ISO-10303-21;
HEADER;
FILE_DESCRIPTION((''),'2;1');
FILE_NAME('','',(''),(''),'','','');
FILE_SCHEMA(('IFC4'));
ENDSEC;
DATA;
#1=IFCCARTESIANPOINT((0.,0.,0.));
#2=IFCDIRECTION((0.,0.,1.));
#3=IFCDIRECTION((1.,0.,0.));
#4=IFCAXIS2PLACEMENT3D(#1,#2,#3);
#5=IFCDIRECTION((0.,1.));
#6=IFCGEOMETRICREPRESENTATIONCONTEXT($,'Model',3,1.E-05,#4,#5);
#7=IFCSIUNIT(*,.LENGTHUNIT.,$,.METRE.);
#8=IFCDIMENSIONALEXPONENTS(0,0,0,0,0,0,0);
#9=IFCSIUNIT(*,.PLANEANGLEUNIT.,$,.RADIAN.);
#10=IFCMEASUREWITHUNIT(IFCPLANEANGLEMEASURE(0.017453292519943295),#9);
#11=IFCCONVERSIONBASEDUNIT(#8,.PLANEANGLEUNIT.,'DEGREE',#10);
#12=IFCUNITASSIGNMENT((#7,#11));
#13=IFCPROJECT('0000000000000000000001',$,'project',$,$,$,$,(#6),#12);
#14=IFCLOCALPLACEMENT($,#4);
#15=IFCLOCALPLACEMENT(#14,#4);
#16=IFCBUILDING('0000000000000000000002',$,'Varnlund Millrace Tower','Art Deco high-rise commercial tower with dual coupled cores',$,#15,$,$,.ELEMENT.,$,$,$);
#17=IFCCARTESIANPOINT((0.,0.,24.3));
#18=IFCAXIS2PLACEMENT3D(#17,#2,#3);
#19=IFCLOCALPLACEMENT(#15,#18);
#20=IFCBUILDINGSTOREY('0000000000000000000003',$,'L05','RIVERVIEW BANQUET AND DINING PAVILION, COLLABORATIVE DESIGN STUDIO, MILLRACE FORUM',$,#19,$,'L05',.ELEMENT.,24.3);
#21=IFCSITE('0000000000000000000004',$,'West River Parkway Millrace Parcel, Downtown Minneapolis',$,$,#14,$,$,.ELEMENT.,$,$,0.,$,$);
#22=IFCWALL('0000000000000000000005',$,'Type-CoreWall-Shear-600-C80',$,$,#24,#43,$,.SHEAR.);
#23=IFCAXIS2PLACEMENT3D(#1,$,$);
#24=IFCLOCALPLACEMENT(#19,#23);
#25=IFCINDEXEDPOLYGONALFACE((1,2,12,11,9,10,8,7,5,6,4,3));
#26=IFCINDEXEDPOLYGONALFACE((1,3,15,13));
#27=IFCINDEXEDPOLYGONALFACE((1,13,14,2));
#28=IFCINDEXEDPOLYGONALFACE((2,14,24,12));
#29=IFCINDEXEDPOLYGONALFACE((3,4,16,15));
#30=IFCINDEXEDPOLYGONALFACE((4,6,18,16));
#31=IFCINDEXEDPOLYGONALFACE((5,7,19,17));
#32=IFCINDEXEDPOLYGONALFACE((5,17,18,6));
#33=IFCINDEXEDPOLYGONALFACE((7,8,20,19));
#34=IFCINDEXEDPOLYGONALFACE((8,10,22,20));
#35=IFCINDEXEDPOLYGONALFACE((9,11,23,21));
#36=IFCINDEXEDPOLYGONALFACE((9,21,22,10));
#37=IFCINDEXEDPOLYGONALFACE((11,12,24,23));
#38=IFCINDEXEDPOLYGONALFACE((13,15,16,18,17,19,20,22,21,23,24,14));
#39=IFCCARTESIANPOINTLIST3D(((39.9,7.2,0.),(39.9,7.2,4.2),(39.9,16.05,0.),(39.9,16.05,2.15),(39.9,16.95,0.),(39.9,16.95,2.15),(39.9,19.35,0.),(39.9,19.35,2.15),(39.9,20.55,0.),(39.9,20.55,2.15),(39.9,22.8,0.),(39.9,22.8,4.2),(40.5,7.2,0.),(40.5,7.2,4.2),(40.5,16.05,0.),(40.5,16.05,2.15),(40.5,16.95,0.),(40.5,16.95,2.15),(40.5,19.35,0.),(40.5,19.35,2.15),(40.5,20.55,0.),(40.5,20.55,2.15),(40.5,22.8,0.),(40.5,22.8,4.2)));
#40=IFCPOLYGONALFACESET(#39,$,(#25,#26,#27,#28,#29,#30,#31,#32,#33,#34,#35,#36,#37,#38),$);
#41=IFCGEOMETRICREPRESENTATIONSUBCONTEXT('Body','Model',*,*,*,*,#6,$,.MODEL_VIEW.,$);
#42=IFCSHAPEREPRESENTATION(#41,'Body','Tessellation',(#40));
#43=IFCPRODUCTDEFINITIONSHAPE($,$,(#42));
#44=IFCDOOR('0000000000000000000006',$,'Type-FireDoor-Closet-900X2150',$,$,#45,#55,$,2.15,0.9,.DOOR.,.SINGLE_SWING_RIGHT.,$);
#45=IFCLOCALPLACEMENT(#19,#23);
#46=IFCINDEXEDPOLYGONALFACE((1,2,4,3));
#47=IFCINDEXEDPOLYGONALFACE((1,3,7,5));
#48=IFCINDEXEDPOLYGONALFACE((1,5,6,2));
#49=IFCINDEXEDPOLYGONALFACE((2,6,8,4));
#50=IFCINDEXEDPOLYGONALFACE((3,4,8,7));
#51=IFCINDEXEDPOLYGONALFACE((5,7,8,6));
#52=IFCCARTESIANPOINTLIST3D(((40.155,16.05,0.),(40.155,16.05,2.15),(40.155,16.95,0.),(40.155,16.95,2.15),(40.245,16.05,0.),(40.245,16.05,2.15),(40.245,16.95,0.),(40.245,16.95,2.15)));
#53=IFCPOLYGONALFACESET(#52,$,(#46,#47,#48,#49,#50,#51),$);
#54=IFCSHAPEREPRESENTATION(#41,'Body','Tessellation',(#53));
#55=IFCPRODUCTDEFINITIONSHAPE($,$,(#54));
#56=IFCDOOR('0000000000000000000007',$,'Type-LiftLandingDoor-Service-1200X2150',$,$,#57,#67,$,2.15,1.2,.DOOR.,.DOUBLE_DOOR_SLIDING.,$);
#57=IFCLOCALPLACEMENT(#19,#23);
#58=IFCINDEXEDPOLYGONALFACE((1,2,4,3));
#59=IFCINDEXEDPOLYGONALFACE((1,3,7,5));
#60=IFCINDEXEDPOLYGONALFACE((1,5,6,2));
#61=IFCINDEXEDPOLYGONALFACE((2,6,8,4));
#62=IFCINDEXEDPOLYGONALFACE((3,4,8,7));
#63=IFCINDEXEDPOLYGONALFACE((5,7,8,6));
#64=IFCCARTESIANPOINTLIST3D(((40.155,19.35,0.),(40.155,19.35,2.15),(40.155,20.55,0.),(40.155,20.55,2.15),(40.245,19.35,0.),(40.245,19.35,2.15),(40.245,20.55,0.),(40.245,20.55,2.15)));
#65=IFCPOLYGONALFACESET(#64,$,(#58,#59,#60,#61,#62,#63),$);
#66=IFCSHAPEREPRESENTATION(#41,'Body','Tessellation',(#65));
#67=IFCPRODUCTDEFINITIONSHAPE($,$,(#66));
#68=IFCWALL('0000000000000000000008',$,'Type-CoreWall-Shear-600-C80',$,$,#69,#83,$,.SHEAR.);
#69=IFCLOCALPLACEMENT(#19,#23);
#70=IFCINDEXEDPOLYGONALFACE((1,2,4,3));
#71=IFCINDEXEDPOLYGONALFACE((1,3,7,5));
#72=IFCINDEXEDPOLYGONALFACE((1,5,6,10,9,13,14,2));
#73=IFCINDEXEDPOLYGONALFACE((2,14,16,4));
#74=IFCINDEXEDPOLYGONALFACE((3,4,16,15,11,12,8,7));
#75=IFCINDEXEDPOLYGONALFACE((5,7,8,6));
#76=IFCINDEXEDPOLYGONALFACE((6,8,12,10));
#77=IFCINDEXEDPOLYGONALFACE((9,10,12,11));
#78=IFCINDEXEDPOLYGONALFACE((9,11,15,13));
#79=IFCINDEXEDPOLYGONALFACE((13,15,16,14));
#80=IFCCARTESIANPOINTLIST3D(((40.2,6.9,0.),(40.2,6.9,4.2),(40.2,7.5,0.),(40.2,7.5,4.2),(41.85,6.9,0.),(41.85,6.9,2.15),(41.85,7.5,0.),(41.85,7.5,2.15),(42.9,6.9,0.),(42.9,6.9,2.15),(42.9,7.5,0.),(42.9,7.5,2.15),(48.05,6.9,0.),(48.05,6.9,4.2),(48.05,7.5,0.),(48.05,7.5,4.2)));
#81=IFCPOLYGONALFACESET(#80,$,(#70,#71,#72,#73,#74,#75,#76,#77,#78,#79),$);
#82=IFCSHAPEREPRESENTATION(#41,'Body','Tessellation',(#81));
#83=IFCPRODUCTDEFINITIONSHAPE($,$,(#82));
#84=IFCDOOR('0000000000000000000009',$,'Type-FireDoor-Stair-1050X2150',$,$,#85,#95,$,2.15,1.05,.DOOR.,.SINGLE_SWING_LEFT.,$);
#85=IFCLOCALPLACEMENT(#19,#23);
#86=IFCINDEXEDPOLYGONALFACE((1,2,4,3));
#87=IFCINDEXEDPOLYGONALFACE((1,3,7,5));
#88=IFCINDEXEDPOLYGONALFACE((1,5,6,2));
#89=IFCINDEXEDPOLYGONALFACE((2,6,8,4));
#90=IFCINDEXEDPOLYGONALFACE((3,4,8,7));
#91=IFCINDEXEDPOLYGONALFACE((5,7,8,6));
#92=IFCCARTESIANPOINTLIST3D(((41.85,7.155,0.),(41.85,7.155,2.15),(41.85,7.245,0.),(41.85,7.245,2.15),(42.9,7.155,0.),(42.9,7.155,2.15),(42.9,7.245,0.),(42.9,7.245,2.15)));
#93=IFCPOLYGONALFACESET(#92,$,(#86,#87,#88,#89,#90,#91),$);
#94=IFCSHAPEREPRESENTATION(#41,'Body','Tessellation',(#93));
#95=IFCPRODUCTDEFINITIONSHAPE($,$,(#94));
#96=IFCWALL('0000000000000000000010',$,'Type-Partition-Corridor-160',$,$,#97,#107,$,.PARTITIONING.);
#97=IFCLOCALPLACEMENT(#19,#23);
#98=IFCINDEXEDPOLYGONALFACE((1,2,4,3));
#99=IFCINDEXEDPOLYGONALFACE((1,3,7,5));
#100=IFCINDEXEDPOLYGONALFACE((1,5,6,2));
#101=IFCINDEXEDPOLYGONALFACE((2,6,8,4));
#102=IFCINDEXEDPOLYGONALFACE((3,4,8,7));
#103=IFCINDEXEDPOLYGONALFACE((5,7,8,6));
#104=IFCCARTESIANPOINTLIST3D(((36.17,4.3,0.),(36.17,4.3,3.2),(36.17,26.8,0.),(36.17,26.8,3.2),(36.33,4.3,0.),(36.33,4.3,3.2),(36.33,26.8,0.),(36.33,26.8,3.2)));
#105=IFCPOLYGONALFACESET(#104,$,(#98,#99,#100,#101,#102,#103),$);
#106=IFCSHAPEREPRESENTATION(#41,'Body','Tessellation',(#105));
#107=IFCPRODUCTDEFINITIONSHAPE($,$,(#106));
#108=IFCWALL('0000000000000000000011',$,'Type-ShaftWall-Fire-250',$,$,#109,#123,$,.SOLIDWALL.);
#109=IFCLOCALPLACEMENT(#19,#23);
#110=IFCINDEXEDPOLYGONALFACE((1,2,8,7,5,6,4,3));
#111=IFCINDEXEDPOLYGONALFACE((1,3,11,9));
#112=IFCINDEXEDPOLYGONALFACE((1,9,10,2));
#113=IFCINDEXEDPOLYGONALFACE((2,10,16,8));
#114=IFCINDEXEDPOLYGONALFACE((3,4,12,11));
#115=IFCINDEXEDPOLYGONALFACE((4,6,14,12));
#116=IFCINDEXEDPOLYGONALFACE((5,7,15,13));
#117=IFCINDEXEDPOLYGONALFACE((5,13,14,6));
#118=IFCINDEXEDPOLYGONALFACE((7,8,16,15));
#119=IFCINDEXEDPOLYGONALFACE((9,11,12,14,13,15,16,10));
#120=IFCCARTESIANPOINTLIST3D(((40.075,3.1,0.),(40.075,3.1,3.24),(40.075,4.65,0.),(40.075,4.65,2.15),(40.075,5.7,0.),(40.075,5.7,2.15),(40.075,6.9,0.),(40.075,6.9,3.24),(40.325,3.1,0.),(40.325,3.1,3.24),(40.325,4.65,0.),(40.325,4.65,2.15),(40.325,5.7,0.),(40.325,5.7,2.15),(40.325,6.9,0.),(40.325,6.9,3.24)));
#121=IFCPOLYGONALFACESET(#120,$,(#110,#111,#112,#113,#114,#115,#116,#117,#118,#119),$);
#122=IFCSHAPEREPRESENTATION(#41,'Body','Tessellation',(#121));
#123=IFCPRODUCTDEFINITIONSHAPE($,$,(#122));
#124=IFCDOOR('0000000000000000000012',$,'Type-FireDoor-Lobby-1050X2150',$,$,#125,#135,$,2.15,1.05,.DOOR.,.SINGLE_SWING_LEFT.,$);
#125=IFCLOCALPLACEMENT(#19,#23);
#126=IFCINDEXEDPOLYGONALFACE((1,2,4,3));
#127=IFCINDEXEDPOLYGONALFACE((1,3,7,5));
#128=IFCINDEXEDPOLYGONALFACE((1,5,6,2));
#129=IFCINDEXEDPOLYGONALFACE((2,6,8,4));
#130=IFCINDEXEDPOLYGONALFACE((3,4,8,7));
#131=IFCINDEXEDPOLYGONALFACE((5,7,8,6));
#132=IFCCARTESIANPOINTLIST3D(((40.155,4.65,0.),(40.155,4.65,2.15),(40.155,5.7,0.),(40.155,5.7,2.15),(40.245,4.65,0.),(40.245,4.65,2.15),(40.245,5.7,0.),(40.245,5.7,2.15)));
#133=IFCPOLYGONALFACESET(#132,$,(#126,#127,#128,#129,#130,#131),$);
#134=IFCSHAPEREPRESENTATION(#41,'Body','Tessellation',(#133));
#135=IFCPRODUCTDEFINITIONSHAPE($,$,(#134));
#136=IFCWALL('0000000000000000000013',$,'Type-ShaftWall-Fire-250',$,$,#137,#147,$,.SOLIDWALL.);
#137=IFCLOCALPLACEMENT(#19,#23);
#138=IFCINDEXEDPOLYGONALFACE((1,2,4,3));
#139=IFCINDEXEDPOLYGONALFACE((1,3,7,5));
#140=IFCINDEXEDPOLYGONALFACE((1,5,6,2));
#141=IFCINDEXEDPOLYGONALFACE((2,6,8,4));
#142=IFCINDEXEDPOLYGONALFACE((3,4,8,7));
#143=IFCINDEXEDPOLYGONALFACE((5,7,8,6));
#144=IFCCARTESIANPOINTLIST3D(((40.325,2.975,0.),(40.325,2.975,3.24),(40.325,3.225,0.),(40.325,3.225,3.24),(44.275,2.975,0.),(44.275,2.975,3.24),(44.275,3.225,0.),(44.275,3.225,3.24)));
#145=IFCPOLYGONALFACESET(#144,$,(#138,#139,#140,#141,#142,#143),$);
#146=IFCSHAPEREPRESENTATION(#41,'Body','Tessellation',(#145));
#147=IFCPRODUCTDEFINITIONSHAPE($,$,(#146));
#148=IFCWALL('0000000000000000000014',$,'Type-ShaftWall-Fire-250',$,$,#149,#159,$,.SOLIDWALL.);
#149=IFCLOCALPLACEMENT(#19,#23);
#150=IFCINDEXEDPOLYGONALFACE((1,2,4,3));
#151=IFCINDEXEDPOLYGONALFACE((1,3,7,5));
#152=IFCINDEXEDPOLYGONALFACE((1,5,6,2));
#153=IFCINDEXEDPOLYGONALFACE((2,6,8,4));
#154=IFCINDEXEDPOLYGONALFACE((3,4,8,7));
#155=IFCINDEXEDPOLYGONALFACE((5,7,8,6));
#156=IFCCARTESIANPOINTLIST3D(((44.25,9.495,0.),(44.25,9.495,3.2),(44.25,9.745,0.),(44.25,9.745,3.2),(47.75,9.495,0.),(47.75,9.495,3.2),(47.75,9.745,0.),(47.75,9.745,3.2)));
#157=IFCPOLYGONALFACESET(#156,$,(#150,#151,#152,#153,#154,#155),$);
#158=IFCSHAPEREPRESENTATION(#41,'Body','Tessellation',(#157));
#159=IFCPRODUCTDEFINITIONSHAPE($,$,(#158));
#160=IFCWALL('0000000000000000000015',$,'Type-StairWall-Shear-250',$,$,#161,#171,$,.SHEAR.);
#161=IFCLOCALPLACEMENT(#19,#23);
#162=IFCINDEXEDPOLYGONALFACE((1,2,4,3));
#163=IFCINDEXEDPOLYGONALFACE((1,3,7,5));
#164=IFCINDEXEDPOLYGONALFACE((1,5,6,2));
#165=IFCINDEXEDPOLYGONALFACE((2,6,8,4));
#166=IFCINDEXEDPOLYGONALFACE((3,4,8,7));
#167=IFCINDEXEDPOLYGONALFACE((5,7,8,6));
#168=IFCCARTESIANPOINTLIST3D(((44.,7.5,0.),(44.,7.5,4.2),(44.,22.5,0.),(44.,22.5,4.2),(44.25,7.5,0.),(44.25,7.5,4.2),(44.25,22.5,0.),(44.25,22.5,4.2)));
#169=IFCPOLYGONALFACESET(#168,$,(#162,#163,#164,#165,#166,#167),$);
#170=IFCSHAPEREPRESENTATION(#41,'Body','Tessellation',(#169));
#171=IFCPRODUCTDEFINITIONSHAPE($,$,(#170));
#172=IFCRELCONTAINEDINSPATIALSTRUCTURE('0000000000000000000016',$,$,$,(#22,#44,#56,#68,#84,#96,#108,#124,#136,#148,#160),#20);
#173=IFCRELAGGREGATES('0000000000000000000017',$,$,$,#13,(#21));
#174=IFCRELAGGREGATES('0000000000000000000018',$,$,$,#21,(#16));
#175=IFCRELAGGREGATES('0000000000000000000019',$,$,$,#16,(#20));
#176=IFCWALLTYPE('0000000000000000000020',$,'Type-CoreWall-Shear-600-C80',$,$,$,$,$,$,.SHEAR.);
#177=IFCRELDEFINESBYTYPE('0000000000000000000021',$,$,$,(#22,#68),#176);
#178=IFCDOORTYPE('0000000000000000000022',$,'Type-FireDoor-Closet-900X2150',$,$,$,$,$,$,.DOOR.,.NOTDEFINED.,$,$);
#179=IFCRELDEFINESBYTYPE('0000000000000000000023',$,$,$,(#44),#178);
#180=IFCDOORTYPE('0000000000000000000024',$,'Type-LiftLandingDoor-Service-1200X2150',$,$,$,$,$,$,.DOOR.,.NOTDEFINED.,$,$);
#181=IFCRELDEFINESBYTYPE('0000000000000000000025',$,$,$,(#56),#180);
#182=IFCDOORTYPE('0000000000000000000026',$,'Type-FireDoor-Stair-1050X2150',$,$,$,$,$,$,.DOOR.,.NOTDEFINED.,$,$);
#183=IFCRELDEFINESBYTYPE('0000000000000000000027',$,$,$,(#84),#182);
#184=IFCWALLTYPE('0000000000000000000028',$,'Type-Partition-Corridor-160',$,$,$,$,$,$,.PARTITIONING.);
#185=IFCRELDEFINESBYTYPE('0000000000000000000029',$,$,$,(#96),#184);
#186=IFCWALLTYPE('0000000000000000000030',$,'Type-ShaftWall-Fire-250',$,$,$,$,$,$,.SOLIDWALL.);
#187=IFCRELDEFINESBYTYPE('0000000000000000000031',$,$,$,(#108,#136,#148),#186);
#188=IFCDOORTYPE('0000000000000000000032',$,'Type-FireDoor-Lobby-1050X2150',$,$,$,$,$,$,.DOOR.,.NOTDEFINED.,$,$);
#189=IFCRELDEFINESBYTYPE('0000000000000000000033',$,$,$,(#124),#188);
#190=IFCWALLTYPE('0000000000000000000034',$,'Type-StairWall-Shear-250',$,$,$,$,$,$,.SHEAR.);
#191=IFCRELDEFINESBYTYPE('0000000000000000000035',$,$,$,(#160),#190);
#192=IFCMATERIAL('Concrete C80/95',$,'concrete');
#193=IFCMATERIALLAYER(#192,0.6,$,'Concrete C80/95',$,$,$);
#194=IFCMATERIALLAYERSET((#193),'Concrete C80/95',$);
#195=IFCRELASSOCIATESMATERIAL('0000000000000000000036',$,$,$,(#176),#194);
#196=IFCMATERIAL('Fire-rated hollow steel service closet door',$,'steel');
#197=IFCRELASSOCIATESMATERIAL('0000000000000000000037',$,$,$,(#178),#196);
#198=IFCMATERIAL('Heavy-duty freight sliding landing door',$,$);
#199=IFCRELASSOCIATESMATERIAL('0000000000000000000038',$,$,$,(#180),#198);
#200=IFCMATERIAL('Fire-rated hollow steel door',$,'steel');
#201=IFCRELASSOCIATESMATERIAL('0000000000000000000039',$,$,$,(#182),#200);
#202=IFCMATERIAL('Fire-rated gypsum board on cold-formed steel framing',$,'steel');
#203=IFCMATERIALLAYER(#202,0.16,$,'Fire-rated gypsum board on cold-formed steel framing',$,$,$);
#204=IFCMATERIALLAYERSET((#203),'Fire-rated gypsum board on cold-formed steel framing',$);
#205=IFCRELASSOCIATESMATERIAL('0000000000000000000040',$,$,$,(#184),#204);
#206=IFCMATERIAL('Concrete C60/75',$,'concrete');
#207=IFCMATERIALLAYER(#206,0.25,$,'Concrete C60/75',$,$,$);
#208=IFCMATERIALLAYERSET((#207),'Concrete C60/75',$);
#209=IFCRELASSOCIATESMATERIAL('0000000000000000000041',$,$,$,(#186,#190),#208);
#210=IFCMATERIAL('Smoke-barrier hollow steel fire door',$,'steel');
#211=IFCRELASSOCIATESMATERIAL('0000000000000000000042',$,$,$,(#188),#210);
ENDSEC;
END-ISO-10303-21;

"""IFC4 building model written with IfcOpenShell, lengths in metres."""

from ifc_helpers import new_model, entity, si_unit, converted_unit, direction, frame, origin_with_axes, origin_2d_with_axis, place, context, subcontext, project, spatial, polyline, rectangle, outline, extrude, material, layer, layer_set, type_object, element, fill, save


model = new_model("IFC4")

# Units and contexts
model_context = context("Model", 3, precision=1e-05, world=origin_with_axes(), true_north=direction((0.0, 1.0)))
body_context = subcontext(model_context, "Body", "Model", "MODEL_VIEW")
ifc_project = project(units=[si_unit("LENGTHUNIT", "METRE"), converted_unit("PLANEANGLEUNIT", "DEGREE", entity("IfcPlaneAngleMeasure", 0.017453292519943295), si_unit("PLANEANGLEUNIT", "RADIAN"), dimensions=[0, 0, 0, 0, 0, 0, 0])], contexts=[model_context])

# Site, building, storey
site_placement = place(None, origin_with_axes())
site = spatial("IfcSite", under=ifc_project, at=site_placement, Name="West River Parkway Millrace Parcel, Downtown Minneapolis", CompositionType="ELEMENT", RefElevation=0.0)
building_placement = place(site_placement, origin_with_axes())
building = spatial("IfcBuilding", under=site, at=building_placement, Name="Varnlund Millrace Tower", Description="Art Deco high-rise commercial tower with dual coupled cores", CompositionType="ELEMENT")
storey_placement = place(building_placement, frame((0.0, 0.0, 24.3), z_axis=(0.0, 0.0, 1.0), x_axis=(1.0, 0.0, 0.0)))
storey = spatial("IfcBuildingStorey", under=building, at=storey_placement, Name="L05", Description="RIVERVIEW BANQUET AND DINING PAVILION, COLLABORATIVE DESIGN STUDIO, MILLRACE FORUM", LongName="L05", CompositionType="ELEMENT", Elevation=24.3)

# Shared definitions
ifc_material_1 = material(Name="Concrete C80/95", Category="concrete")

# Wall, openings, doors
ifc_layer_1 = layer(ifc_material_1, 0.6, Name="Concrete C80/95")
ifc_layer_set_1 = layer_set([ifc_layer_1], Name="Concrete C80/95")
wall_type_1 = type_object("IfcWallType", Name="Type-CoreWall-Shear-600-C80", PredefinedType="SHEAR", material=ifc_layer_set_1)
wall_1_placement = place(storey_placement, frame((40.2, 7.2, 0.0), z_axis=(0.0, 0.0, 1.0), x_axis=(0.0, 1.0, 0.0)))
wall_1 = element("IfcWall", 1, at=wall_1_placement, inside=storey, type_object=wall_type_1, Name="Type-CoreWall-Shear-600-C80", PredefinedType="SHEAR", context=body_context, shape_type="SweptSolid", body=[
    extrude(outline(polyline([(0.0, -0.3), (15.6, -0.3), (15.6, 0.3), (0.0, 0.3), (0.0, -0.3)])), origin_with_axes(), (0.0, 0.0, 1.0), 4.2),
])
opening_1_placement = place(wall_1_placement, frame((12.75, 0.0, 0.0), z_axis=(0.0, 0.0, 1.0), x_axis=(1.0, 0.0, 0.0)))
opening_1 = element("IfcOpeningElement", 2, at=opening_1_placement, cuts=wall_1, PredefinedType="OPENING", context=body_context, shape_type="SweptSolid", body=[
    extrude(rectangle(XDim=1.2, YDim=0.62, at=origin_2d_with_axis()), origin_with_axes(), (0.0, 0.0, 1.0), 2.15),
])
opening_2_placement = place(wall_1_placement, frame((9.3, 0.0, 0.0), z_axis=(0.0, 0.0, 1.0), x_axis=(1.0, 0.0, 0.0)))
opening_2 = element("IfcOpeningElement", 3, at=opening_2_placement, cuts=wall_1, PredefinedType="OPENING", context=body_context, shape_type="SweptSolid", body=[
    extrude(rectangle(XDim=0.9, YDim=0.62, at=origin_2d_with_axis()), origin_with_axes(), (0.0, 0.0, 1.0), 2.15),
])
ifc_material_2 = material(Name="Fire-rated hollow steel service closet door", Category="steel")
door_type_1 = type_object("IfcDoorType", Name="Type-FireDoor-Closet-900X2150", OperationType="NOTDEFINED", PredefinedType="DOOR", material=ifc_material_2)
door_1_placement = place(wall_1_placement, frame((9.3, 0.0, 0.0), z_axis=(0.0, 0.0, 1.0), x_axis=(1.0, 0.0, 0.0)))
door_1 = element("IfcDoor", 4, at=door_1_placement, inside=storey, type_object=door_type_1, Name="Type-FireDoor-Closet-900X2150", OperationType="SINGLE_SWING_RIGHT", OverallHeight=2.15, OverallWidth=0.9, PredefinedType="DOOR", context=body_context, shape_type="SweptSolid", body=[
    extrude(rectangle(XDim=0.9, YDim=0.09, at=origin_2d_with_axis()), origin_with_axes(), (0.0, 0.0, 1.0), 2.15),
])
fill(opening_2, door_1)
ifc_material_3 = material(Name="Heavy-duty freight sliding landing door")
door_type_2 = type_object("IfcDoorType", Name="Type-LiftLandingDoor-Service-1200X2150", OperationType="NOTDEFINED", PredefinedType="DOOR", material=ifc_material_3)
door_2_placement = place(wall_1_placement, frame((12.75, 0.0, 0.0), z_axis=(0.0, 0.0, 1.0), x_axis=(1.0, 0.0, 0.0)))
door_2 = element("IfcDoor", 5, at=door_2_placement, inside=storey, type_object=door_type_2, Name="Type-LiftLandingDoor-Service-1200X2150", OperationType="DOUBLE_DOOR_SLIDING", OverallHeight=2.15, OverallWidth=1.2, PredefinedType="DOOR", context=body_context, shape_type="SweptSolid", body=[
    extrude(rectangle(XDim=1.2, YDim=0.09, at=origin_2d_with_axis()), origin_with_axes(), (0.0, 0.0, 1.0), 2.15),
])
fill(opening_1, door_2)

# Wall, opening, door
wall_2_placement = place(storey_placement, frame((40.2, 7.2, 0.0), z_axis=(0.0, 0.0, 1.0), x_axis=(1.0, 0.0, 0.0)))
wall_2 = element("IfcWall", 6, at=wall_2_placement, inside=storey, type_object=wall_type_1, Name="Type-CoreWall-Shear-600-C80", PredefinedType="SHEAR", context=body_context, shape_type="SweptSolid", body=[
    extrude(outline(polyline([(0.0, -0.3), (7.85, -0.3), (7.85, 0.3), (0.0, 0.3), (0.0, -0.3)])), origin_with_axes(), (0.0, 0.0, 1.0), 4.2),
])
opening_3_placement = place(wall_2_placement, frame((2.175, 0.0, 0.0), z_axis=(0.0, 0.0, 1.0), x_axis=(1.0, 0.0, 0.0)))
opening_3 = element("IfcOpeningElement", 7, at=opening_3_placement, cuts=wall_2, PredefinedType="OPENING", context=body_context, shape_type="SweptSolid", body=[
    extrude(rectangle(XDim=1.05, YDim=0.62, at=origin_2d_with_axis()), origin_with_axes(), (0.0, 0.0, 1.0), 2.15),
])
ifc_material_4 = material(Name="Fire-rated hollow steel door", Category="steel")
door_type_3 = type_object("IfcDoorType", Name="Type-FireDoor-Stair-1050X2150", OperationType="NOTDEFINED", PredefinedType="DOOR", material=ifc_material_4)
door_3_placement = place(wall_2_placement, frame((2.175, 0.0, 0.0), z_axis=(0.0, 0.0, 1.0), x_axis=(1.0, 0.0, 0.0)))
door_3 = element("IfcDoor", 8, at=door_3_placement, inside=storey, type_object=door_type_3, Name="Type-FireDoor-Stair-1050X2150", OperationType="SINGLE_SWING_LEFT", OverallHeight=2.15, OverallWidth=1.05, PredefinedType="DOOR", context=body_context, shape_type="SweptSolid", body=[
    extrude(rectangle(XDim=1.05, YDim=0.09, at=origin_2d_with_axis()), origin_with_axes(), (0.0, 0.0, 1.0), 2.15),
])
fill(opening_3, door_3)

# Wall
ifc_material_5 = material(Name="Fire-rated gypsum board on cold-formed steel framing", Category="steel")
ifc_layer_2 = layer(ifc_material_5, 0.16, Name="Fire-rated gypsum board on cold-formed steel framing")
ifc_layer_set_2 = layer_set([ifc_layer_2], Name="Fire-rated gypsum board on cold-formed steel framing")
wall_type_2 = type_object("IfcWallType", Name="Type-Partition-Corridor-160", PredefinedType="PARTITIONING", material=ifc_layer_set_2)
wall_3_placement = place(storey_placement, frame((36.25, 4.3, 0.0), z_axis=(0.0, 0.0, 1.0), x_axis=(0.0, 1.0, 0.0)))
element("IfcWall", 9, at=wall_3_placement, inside=storey, type_object=wall_type_2, Name="Type-Partition-Corridor-160", PredefinedType="PARTITIONING", context=body_context, shape_type="SweptSolid", body=[
    extrude(outline(polyline([(0.0, -0.08), (22.5, -0.08), (22.5, 0.08), (0.0, 0.08), (0.0, -0.08)])), origin_with_axes(), (0.0, 0.0, 1.0), 3.2),
])

# Wall, opening, door
ifc_material_6 = material(Name="Concrete C60/75", Category="concrete")
ifc_layer_3 = layer(ifc_material_6, 0.25, Name="Concrete C60/75")
ifc_layer_set_3 = layer_set([ifc_layer_3], Name="Concrete C60/75")
wall_type_3 = type_object("IfcWallType", Name="Type-ShaftWall-Fire-250", PredefinedType="SOLIDWALL", material=ifc_layer_set_3)
wall_4_placement = place(storey_placement, frame((40.2, 3.1, 0.0), z_axis=(0.0, 0.0, 1.0), x_axis=(0.0, 1.0, 0.0)))
wall_4 = element("IfcWall", 10, at=wall_4_placement, inside=storey, type_object=wall_type_3, Name="Type-ShaftWall-Fire-250", PredefinedType="SOLIDWALL", context=body_context, shape_type="SweptSolid", body=[
    extrude(outline(polyline([(0.0, -0.125), (3.8, -0.125), (3.8, 0.125), (0.0, 0.125), (0.0, -0.125)])), origin_with_axes(), (0.0, 0.0, 1.0), 3.24),
])
opening_4_placement = place(wall_4_placement, frame((2.075, 0.0, 0.0), z_axis=(0.0, 0.0, 1.0), x_axis=(1.0, 0.0, 0.0)))
opening_4 = element("IfcOpeningElement", 11, at=opening_4_placement, cuts=wall_4, PredefinedType="OPENING", context=body_context, shape_type="SweptSolid", body=[
    extrude(rectangle(XDim=1.05, YDim=0.27, at=origin_2d_with_axis()), origin_with_axes(), (0.0, 0.0, 1.0), 2.15),
])
ifc_material_7 = material(Name="Smoke-barrier hollow steel fire door", Category="steel")
door_type_4 = type_object("IfcDoorType", Name="Type-FireDoor-Lobby-1050X2150", OperationType="NOTDEFINED", PredefinedType="DOOR", material=ifc_material_7)
door_4_placement = place(wall_4_placement, frame((2.075, 0.0, 0.0), z_axis=(0.0, 0.0, 1.0), x_axis=(1.0, 0.0, 0.0)))
door_4 = element("IfcDoor", 12, at=door_4_placement, inside=storey, type_object=door_type_4, Name="Type-FireDoor-Lobby-1050X2150", OperationType="SINGLE_SWING_LEFT", OverallHeight=2.15, OverallWidth=1.05, PredefinedType="DOOR", context=body_context, shape_type="SweptSolid", body=[
    extrude(rectangle(XDim=1.05, YDim=0.09, at=origin_2d_with_axis()), origin_with_axes(), (0.0, 0.0, 1.0), 2.15),
])
fill(opening_4, door_4)

# Walls
wall_5_placement = place(storey_placement, frame((40.325, 3.1, 0.0), z_axis=(0.0, 0.0, 1.0), x_axis=(1.0, 0.0, 0.0)))
element("IfcWall", 13, at=wall_5_placement, inside=storey, type_object=wall_type_3, Name="Type-ShaftWall-Fire-250", PredefinedType="SOLIDWALL", context=body_context, shape_type="SweptSolid", body=[
    extrude(outline(polyline([(0.0, -0.125), (3.95, -0.125), (3.95, 0.125), (0.0, 0.125), (0.0, -0.125)])), origin_with_axes(), (0.0, 0.0, 1.0), 3.24),
])
wall_6_placement = place(storey_placement, frame((44.25, 9.62, 0.0), z_axis=(0.0, 0.0, 1.0), x_axis=(1.0, 0.0, 0.0)))
element("IfcWall", 14, at=wall_6_placement, inside=storey, type_object=wall_type_3, Name="Type-ShaftWall-Fire-250", PredefinedType="SOLIDWALL", context=body_context, shape_type="SweptSolid", body=[
    extrude(outline(polyline([(0.0, -0.125), (3.5, -0.125), (3.5, 0.125), (0.0, 0.125), (0.0, -0.125)])), origin_with_axes(), (0.0, 0.0, 1.0), 3.2),
])
wall_type_4 = type_object("IfcWallType", Name="Type-StairWall-Shear-250", PredefinedType="SHEAR", material=ifc_layer_set_3)
wall_7_placement = place(storey_placement, frame((44.125, 7.5, 0.0), z_axis=(0.0, 0.0, 1.0), x_axis=(0.0, 1.0, 0.0)))
element("IfcWall", 15, at=wall_7_placement, inside=storey, type_object=wall_type_4, Name="Type-StairWall-Shear-250", PredefinedType="SHEAR", context=body_context, shape_type="SweptSolid", body=[
    extrude(outline(polyline([(0.0, -0.125), (15.0, -0.125), (15.0, 0.125), (0.0, 0.125), (0.0, -0.125)])), origin_with_axes(), (0.0, 0.0, 1.0), 4.2),
])

save(model, "model.ifc")
